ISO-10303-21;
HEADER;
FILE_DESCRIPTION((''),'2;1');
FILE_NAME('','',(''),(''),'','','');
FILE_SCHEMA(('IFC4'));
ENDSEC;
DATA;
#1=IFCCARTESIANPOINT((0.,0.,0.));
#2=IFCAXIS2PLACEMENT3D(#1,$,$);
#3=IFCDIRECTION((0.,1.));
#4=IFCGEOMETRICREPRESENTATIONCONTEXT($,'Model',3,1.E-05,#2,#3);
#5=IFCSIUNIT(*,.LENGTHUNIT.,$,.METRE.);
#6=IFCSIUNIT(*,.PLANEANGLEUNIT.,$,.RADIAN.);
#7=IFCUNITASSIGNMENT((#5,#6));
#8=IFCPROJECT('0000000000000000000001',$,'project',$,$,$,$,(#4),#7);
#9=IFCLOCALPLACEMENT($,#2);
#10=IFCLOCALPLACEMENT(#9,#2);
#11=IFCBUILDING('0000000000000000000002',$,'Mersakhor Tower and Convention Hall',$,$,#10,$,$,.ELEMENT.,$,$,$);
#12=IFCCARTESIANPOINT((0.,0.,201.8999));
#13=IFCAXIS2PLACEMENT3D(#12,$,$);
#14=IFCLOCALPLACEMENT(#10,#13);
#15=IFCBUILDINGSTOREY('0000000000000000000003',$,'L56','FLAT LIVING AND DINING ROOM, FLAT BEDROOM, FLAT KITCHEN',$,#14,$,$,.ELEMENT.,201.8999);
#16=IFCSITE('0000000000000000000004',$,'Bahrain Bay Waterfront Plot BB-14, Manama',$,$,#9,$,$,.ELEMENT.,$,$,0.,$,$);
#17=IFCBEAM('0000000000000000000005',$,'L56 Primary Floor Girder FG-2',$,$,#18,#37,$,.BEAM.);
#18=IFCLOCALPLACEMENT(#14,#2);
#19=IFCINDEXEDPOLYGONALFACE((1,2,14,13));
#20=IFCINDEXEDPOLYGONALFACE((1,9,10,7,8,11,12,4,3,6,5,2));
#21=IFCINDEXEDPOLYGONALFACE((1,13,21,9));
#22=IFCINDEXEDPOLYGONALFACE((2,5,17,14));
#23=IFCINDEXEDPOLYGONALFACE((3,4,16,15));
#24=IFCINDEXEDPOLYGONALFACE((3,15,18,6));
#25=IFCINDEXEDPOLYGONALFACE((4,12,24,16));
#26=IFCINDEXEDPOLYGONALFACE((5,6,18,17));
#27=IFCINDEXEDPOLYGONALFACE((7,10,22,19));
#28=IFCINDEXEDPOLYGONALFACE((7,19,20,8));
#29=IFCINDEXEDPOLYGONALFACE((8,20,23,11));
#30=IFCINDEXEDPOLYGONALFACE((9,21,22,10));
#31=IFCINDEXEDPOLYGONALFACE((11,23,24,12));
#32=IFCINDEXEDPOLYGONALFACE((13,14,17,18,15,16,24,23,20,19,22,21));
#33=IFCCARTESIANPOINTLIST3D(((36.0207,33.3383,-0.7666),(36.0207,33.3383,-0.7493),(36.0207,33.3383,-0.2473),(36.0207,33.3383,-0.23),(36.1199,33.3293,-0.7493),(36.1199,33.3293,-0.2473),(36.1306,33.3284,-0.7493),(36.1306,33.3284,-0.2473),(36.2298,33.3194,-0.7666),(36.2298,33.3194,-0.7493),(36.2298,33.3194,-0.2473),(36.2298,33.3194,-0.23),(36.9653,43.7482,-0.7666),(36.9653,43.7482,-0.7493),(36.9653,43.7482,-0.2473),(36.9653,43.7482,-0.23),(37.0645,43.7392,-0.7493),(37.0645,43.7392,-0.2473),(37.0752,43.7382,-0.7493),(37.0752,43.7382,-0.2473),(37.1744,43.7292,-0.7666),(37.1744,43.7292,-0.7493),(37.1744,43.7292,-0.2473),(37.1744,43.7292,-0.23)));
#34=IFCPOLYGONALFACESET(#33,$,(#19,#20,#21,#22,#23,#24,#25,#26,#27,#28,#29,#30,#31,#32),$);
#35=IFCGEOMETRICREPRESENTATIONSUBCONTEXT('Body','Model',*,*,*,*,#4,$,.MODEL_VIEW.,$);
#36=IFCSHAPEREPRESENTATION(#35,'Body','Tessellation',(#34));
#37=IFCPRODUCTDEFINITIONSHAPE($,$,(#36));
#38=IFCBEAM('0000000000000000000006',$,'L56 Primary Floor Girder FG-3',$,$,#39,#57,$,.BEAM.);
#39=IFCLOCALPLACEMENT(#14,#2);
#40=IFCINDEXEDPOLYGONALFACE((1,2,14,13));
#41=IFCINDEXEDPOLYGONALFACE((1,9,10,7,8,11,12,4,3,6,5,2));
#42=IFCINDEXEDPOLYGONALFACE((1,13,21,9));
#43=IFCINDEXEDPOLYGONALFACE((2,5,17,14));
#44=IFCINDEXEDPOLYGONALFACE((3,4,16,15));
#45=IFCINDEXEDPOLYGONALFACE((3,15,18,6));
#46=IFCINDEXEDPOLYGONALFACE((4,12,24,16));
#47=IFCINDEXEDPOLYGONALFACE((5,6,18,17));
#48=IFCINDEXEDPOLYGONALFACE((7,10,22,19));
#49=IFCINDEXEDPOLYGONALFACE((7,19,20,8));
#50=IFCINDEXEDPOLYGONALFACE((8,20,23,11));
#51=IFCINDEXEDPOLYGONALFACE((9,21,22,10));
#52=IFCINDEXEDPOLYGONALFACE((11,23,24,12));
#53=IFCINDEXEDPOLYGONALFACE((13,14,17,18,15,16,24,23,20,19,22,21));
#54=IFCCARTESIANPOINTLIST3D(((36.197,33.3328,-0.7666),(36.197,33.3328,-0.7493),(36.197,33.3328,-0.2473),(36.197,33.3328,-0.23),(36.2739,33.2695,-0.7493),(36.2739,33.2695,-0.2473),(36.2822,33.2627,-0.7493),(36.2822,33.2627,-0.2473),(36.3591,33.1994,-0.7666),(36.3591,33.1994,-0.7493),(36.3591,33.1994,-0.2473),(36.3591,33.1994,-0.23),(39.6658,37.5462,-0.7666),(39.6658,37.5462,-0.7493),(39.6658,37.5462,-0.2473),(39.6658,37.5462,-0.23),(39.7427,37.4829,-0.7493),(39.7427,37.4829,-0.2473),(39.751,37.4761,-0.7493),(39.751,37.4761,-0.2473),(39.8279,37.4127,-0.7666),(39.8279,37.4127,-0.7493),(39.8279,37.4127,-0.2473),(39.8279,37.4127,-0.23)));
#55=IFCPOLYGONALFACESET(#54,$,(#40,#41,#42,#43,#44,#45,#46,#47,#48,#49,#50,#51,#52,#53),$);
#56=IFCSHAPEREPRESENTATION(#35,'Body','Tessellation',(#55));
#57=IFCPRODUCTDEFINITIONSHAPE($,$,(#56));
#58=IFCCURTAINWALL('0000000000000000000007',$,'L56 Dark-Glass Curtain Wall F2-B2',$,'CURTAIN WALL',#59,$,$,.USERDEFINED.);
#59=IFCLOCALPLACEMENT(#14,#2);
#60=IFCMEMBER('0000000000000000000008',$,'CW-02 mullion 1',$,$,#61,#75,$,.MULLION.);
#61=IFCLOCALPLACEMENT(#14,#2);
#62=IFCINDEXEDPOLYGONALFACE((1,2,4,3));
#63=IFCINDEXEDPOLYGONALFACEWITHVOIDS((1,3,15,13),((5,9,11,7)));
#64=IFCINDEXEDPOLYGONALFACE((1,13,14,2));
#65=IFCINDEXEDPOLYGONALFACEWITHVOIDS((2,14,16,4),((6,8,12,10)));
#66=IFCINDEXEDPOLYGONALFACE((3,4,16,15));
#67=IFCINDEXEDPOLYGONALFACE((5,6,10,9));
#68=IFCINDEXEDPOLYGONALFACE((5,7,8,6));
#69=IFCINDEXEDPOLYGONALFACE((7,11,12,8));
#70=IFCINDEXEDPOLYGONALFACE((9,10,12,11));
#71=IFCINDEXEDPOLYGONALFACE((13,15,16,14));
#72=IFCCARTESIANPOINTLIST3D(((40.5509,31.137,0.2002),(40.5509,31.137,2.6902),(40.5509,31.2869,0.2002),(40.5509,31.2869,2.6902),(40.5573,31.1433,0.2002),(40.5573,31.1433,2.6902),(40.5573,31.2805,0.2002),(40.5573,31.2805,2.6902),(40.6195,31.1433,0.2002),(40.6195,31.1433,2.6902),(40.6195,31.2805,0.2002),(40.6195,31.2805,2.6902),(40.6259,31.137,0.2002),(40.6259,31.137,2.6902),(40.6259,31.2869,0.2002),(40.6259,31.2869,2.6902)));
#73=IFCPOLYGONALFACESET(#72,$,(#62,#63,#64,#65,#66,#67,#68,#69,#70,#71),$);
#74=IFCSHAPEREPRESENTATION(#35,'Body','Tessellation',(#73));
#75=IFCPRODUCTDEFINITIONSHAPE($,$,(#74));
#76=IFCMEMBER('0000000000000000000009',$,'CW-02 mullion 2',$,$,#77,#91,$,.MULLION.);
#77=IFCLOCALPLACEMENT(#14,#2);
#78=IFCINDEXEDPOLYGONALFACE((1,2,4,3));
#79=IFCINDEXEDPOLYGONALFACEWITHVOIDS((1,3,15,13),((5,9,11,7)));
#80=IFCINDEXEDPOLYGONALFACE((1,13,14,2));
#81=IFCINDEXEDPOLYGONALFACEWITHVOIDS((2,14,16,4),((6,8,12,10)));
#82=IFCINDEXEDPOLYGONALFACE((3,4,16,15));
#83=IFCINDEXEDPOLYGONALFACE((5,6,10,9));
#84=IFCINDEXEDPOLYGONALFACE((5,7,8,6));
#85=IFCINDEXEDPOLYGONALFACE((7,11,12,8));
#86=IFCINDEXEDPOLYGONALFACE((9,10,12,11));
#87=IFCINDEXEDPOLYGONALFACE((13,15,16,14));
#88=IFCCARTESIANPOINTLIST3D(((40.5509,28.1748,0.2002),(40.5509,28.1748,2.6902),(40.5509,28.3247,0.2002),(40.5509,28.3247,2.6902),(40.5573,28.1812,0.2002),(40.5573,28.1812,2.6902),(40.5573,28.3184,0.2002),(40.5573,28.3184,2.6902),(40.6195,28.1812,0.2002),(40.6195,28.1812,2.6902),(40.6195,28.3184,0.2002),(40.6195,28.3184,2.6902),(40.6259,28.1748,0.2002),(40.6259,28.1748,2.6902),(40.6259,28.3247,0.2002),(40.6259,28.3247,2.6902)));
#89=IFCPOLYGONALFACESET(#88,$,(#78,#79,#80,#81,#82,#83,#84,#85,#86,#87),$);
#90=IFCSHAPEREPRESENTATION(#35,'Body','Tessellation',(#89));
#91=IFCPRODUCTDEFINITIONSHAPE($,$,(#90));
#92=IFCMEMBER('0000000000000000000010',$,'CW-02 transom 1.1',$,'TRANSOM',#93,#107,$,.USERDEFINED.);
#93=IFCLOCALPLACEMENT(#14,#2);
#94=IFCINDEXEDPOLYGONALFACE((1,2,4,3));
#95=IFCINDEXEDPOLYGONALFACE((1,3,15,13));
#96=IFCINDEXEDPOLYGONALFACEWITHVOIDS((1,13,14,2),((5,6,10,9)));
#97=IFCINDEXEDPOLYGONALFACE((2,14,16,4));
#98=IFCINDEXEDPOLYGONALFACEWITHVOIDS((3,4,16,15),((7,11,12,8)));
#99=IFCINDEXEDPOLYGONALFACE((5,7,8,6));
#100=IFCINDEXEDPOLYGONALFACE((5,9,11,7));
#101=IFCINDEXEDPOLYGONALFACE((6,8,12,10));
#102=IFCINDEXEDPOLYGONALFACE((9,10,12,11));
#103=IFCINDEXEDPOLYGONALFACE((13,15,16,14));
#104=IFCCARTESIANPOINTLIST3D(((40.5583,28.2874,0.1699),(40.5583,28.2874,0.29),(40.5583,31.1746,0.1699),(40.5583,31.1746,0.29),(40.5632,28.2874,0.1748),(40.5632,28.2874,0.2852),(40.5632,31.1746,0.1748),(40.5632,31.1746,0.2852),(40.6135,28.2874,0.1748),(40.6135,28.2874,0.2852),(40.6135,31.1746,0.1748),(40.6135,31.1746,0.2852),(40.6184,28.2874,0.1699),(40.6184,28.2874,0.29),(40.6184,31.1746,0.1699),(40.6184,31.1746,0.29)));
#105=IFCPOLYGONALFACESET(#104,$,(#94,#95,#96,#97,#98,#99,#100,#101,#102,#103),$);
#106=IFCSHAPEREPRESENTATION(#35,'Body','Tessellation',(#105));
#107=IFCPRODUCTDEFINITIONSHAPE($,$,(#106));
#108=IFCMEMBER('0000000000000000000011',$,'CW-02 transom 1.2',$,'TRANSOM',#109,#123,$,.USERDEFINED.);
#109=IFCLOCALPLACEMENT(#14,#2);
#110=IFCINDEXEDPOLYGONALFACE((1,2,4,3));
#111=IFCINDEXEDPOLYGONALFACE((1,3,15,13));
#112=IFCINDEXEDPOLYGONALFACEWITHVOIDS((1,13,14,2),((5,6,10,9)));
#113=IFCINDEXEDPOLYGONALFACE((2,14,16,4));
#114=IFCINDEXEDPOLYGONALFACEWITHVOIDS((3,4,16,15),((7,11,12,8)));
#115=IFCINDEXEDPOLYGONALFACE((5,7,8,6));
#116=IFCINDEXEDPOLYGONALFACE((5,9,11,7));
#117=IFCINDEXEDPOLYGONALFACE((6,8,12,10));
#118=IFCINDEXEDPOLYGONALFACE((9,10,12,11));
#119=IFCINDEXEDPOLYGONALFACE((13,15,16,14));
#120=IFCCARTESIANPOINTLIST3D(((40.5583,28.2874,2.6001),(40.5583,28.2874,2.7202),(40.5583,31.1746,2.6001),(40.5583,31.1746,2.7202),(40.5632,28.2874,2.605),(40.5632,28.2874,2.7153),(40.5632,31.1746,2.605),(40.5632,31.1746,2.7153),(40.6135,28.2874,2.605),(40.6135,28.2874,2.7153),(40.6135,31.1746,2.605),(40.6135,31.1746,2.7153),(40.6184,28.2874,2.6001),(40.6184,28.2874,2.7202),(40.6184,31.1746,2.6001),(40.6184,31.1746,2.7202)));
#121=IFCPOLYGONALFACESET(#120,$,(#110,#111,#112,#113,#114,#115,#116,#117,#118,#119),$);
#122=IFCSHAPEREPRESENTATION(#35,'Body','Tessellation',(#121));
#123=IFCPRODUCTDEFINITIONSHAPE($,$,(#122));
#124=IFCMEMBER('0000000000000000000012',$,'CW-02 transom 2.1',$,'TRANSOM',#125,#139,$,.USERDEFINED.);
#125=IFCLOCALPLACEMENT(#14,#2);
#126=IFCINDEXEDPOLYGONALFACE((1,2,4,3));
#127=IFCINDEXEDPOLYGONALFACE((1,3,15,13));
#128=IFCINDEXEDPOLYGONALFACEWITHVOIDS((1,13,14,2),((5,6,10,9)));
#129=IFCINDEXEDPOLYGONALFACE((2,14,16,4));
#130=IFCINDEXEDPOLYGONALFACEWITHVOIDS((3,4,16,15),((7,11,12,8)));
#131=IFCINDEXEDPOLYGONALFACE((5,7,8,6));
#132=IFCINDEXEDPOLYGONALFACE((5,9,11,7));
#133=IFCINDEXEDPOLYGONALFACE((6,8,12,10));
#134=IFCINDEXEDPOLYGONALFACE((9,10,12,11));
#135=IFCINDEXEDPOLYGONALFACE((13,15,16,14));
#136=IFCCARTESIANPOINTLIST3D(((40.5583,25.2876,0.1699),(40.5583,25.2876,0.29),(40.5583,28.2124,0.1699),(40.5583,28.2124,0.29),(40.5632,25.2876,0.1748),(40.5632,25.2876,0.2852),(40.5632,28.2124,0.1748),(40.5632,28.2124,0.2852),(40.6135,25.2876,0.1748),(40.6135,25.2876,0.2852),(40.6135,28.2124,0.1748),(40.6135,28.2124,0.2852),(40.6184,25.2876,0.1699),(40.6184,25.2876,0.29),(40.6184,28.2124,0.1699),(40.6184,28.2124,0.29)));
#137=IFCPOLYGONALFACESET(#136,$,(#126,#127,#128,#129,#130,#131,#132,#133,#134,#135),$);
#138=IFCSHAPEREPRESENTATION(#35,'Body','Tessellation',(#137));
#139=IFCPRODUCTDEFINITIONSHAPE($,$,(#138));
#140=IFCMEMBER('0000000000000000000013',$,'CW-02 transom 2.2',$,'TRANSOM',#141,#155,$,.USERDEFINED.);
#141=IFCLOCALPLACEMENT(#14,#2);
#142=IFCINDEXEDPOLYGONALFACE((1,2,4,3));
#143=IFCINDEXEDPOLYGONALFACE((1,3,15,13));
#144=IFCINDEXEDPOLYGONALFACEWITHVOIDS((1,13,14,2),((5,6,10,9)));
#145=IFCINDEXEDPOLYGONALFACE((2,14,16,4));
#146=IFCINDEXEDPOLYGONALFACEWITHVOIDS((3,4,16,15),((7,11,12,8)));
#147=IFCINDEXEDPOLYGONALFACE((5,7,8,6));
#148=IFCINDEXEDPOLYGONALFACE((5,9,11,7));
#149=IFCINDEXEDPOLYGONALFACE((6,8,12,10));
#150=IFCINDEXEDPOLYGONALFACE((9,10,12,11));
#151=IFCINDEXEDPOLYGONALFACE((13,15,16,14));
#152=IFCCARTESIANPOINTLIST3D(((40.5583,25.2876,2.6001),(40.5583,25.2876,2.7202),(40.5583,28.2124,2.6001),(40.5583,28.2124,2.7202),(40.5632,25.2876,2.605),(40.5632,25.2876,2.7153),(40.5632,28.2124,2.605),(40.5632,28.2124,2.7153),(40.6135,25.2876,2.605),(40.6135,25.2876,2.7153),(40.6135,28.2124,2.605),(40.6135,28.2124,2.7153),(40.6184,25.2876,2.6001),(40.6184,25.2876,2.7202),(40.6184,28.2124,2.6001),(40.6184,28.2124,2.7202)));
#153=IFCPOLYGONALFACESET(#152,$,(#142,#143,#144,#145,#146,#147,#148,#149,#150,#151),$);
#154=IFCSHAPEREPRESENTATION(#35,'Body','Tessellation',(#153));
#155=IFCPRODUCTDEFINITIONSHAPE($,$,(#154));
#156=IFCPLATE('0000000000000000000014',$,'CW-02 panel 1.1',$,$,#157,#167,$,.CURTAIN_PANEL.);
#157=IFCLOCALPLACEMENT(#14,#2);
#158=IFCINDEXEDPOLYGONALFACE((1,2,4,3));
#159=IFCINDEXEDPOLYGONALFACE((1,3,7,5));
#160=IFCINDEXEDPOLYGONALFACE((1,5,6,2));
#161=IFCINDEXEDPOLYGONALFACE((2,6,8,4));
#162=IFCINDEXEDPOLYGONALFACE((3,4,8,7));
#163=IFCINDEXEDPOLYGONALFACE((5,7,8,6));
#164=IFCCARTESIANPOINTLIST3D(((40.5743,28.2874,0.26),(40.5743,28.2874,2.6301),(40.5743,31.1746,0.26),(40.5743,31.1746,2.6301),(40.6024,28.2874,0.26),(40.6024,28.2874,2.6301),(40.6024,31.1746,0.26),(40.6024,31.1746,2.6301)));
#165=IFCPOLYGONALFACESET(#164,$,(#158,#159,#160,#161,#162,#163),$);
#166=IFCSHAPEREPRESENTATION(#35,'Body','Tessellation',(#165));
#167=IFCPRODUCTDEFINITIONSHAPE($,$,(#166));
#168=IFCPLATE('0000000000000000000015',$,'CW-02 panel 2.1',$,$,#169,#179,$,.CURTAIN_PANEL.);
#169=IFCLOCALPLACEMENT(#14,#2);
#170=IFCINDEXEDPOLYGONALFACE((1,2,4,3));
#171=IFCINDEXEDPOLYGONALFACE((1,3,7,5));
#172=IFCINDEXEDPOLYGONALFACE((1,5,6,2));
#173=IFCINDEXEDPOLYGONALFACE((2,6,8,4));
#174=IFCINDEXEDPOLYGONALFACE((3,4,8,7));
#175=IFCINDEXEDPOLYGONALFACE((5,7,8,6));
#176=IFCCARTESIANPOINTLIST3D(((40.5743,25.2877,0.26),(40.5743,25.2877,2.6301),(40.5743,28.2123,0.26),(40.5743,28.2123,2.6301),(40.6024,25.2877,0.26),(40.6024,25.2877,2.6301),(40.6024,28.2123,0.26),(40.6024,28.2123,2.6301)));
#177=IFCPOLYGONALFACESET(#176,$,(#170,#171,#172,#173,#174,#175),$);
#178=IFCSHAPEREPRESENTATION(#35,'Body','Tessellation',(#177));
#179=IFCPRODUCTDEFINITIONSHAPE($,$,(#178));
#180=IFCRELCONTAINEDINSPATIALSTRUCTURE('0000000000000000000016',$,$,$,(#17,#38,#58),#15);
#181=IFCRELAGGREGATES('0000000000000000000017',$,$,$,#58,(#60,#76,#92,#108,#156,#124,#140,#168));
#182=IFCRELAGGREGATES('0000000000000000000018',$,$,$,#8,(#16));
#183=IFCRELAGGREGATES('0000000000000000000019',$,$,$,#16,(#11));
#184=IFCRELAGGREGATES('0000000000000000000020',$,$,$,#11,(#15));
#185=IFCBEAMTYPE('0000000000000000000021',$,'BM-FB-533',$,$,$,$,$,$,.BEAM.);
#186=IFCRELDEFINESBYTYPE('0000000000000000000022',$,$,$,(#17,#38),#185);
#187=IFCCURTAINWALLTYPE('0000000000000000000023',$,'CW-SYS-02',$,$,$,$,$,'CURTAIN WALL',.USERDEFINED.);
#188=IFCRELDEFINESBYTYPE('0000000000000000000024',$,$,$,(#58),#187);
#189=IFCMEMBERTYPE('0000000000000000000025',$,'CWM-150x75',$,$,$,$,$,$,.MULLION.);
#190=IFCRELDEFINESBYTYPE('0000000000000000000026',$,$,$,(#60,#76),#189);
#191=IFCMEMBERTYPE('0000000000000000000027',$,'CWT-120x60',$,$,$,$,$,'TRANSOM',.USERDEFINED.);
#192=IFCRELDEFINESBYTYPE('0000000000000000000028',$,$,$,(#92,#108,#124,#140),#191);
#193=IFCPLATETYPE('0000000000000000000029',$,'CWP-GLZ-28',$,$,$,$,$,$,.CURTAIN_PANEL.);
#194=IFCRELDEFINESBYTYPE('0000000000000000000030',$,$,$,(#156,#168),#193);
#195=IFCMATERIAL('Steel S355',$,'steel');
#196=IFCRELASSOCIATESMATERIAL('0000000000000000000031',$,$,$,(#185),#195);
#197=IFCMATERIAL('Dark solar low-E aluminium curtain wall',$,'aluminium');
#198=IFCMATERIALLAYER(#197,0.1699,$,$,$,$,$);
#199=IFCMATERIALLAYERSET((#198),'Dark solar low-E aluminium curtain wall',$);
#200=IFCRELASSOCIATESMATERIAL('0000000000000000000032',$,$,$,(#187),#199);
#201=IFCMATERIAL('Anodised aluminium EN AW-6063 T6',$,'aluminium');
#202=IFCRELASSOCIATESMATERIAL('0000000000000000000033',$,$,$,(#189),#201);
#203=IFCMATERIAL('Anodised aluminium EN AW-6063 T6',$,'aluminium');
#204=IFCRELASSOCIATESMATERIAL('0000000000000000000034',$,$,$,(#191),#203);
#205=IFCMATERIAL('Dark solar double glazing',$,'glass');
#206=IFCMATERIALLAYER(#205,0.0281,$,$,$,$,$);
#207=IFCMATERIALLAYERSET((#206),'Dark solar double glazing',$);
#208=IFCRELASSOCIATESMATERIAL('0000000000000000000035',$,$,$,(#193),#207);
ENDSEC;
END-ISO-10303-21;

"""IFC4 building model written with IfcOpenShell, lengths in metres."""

from ifc_helpers import new_model, si_unit, direction, frame, origin, origin_2d, place, context, subcontext, project, spatial, rectangle, hollow_rectangle, i_section, extrude, material, layer, layer_set, material_profile, profile_set, type_object, element, aggregate, save


model = new_model("IFC4")

# Units and contexts
model_context = context("Model", 3, precision=1e-05, world=origin(), true_north=direction((0.0, 1.0)))
body_context = subcontext(model_context, "Body", "Model", "MODEL_VIEW")
ifc_project = project(units=[si_unit("LENGTHUNIT", "METRE"), si_unit("PLANEANGLEUNIT", "RADIAN")], contexts=[model_context])

# Site, building, storey
site_placement = place(None, origin())
site = spatial("IfcSite", under=ifc_project, at=site_placement, Name="Bahrain Bay Waterfront Plot BB-14, Manama", CompositionType="ELEMENT", RefElevation=0.0)
building_placement = place(site_placement, origin())
building = spatial("IfcBuilding", under=site, at=building_placement, Name="Mersakhor Tower and Convention Hall", CompositionType="ELEMENT")
storey_placement = place(building_placement, frame((0.0, 0.0, 201.8999)))
storey = spatial("IfcBuildingStorey", under=building, at=storey_placement, Name="L56", Description="FLAT LIVING AND DINING ROOM, FLAT BEDROOM, FLAT KITCHEN", CompositionType="ELEMENT", Elevation=201.8999)

# Beams
ifc_material_1 = material(Name="Steel S355", Category="steel")
ifc_material_profile_1 = material_profile(ifc_material_1, i_section(OverallWidth=0.21, OverallDepth=0.5366, WebThickness=0.0107, FlangeThickness=0.0173, at=origin_2d()), Name="UB 533x210x101")
ifc_profile_set_1 = profile_set([ifc_material_profile_1], Name="Steel S355")
beam_type = type_object("IfcBeamType", Name="BM-FB-533", PredefinedType="BEAM", material=ifc_profile_set_1)
beam_1_placement = place(storey_placement, frame((36.1252, 33.3289, -0.4983), z_axis=(0.090367, 0.995909, 0.0), x_axis=(-0.995909, 0.090367, 0.0)))
element("IfcBeam", 1, at=beam_1_placement, inside=storey, type_object=beam_type, Name="L56 Primary Floor Girder FG-2", PredefinedType="BEAM", context=body_context, shape_type="SweptSolid", body=[
    extrude(i_section(OverallWidth=0.21, OverallDepth=0.5366, WebThickness=0.0107, FlangeThickness=0.0173, at=origin_2d()), origin(), (0.0, 0.0, 1.0), 10.4526),
])
beam_2_placement = place(storey_placement, frame((36.2781, 33.2661, -0.4983), z_axis=(0.635588, 0.772028, 0.0), x_axis=(-0.772028, 0.635588, 0.0)))
element("IfcBeam", 2, at=beam_2_placement, inside=storey, type_object=beam_type, Name="L56 Primary Floor Girder FG-3", PredefinedType="BEAM", context=body_context, shape_type="SweptSolid", body=[
    extrude(i_section(OverallWidth=0.21, OverallDepth=0.5366, WebThickness=0.0107, FlangeThickness=0.0173, at=origin_2d()), origin(), (0.0, 0.0, 1.0), 5.4575),
])

# Curtain wall, members, plates
ifc_material_2 = material(Name="Dark solar low-E aluminium curtain wall", Category="aluminium")
ifc_layer_1 = layer(ifc_material_2, 0.1699)
ifc_layer_set_1 = layer_set([ifc_layer_1], Name="Dark solar low-E aluminium curtain wall")
curtain_wall_type = type_object("IfcCurtainWallType", Name="CW-SYS-02", ElementType="CURTAIN WALL", PredefinedType="USERDEFINED", material=ifc_layer_set_1)
curtain_wall_placement = place(storey_placement, origin())
curtain_wall = element("IfcCurtainWall", 3, at=curtain_wall_placement, inside=storey, type_object=curtain_wall_type, Name="L56 Dark-Glass Curtain Wall F2-B2", ObjectType="CURTAIN WALL", PredefinedType="USERDEFINED")
ifc_material_3 = material(Name="Anodised aluminium EN AW-6063 T6", Category="aluminium")
ifc_material_profile_2 = material_profile(ifc_material_3, hollow_rectangle(XDim=0.075, YDim=0.1499, WallThickness=0.0063, at=origin_2d()), Name="RHS 150x75x6.3")
ifc_profile_set_2 = profile_set([ifc_material_profile_2], Name="Anodised aluminium EN AW-6063 T6")
member_type_1 = type_object("IfcMemberType", Name="CWM-150x75", PredefinedType="MULLION", material=ifc_profile_set_2)
member_1_placement = place(storey_placement, frame((40.5884, 31.2119, 0.2002), z_axis=(0.0, 0.0, 1.0), x_axis=(1.0, 0.0, 0.0)))
member_1 = element("IfcMember", 4, at=member_1_placement, type_object=member_type_1, Name="CW-02 mullion 1", PredefinedType="MULLION", context=body_context, shape_type="SweptSolid", body=[
    extrude(hollow_rectangle(XDim=0.075, YDim=0.1499, WallThickness=0.0063, at=origin_2d()), origin(), (0.0, 0.0, 1.0), 2.49),
])
member_2_placement = place(storey_placement, frame((40.5884, 28.2498, 0.2002), z_axis=(0.0, 0.0, 1.0), x_axis=(1.0, 0.0, 0.0)))
member_2 = element("IfcMember", 5, at=member_2_placement, type_object=member_type_1, Name="CW-02 mullion 2", PredefinedType="MULLION", context=body_context, shape_type="SweptSolid", body=[
    extrude(hollow_rectangle(XDim=0.075, YDim=0.1499, WallThickness=0.0063, at=origin_2d()), origin(), (0.0, 0.0, 1.0), 2.49),
])
ifc_material_4 = material(Name="Anodised aluminium EN AW-6063 T6", Category="aluminium")
ifc_material_profile_3 = material_profile(ifc_material_4, hollow_rectangle(XDim=0.0601, YDim=0.1201, WallThickness=0.0049, at=origin_2d()), Name="RHS 120x60x5")
ifc_profile_set_3 = profile_set([ifc_material_profile_3], Name="Anodised aluminium EN AW-6063 T6")
member_type_2 = type_object("IfcMemberType", Name="CWT-120x60", ElementType="TRANSOM", PredefinedType="USERDEFINED", material=ifc_profile_set_3)
member_3_placement = place(storey_placement, frame((40.5884, 31.1746, 0.23), z_axis=(0.0, -1.0, 0.0), x_axis=(1.0, 0.0, 0.0)))
member_3 = element("IfcMember", 6, at=member_3_placement, type_object=member_type_2, Name="CW-02 transom 1.1", ObjectType="TRANSOM", PredefinedType="USERDEFINED", context=body_context, shape_type="SweptSolid", body=[
    extrude(hollow_rectangle(XDim=0.0601, YDim=0.1201, WallThickness=0.0049, at=origin_2d()), origin(), (0.0, 0.0, 1.0), 2.8872),
])
member_4_placement = place(storey_placement, frame((40.5884, 31.1746, 2.6602), z_axis=(0.0, -1.0, 0.0), x_axis=(1.0, 0.0, 0.0)))
member_4 = element("IfcMember", 7, at=member_4_placement, type_object=member_type_2, Name="CW-02 transom 1.2", ObjectType="TRANSOM", PredefinedType="USERDEFINED", context=body_context, shape_type="SweptSolid", body=[
    extrude(hollow_rectangle(XDim=0.0601, YDim=0.1201, WallThickness=0.0049, at=origin_2d()), origin(), (0.0, 0.0, 1.0), 2.8872),
])
member_5_placement = place(storey_placement, frame((40.5884, 28.2124, 0.23), z_axis=(0.0, -1.0, 0.0), x_axis=(1.0, 0.0, 0.0)))
member_5 = element("IfcMember", 8, at=member_5_placement, type_object=member_type_2, Name="CW-02 transom 2.1", ObjectType="TRANSOM", PredefinedType="USERDEFINED", context=body_context, shape_type="SweptSolid", body=[
    extrude(hollow_rectangle(XDim=0.0601, YDim=0.1201, WallThickness=0.0049, at=origin_2d()), origin(), (0.0, 0.0, 1.0), 2.9248),
])
member_6_placement = place(storey_placement, frame((40.5884, 28.2124, 2.6602), z_axis=(0.0, -1.0, 0.0), x_axis=(1.0, 0.0, 0.0)))
member_6 = element("IfcMember", 9, at=member_6_placement, type_object=member_type_2, Name="CW-02 transom 2.2", ObjectType="TRANSOM", PredefinedType="USERDEFINED", context=body_context, shape_type="SweptSolid", body=[
    extrude(hollow_rectangle(XDim=0.0601, YDim=0.1201, WallThickness=0.0049, at=origin_2d()), origin(), (0.0, 0.0, 1.0), 2.9248),
])
ifc_material_5 = material(Name="Dark solar double glazing", Category="glass")
ifc_layer_2 = layer(ifc_material_5, 0.0281)
ifc_layer_set_2 = layer_set([ifc_layer_2], Name="Dark solar double glazing")
plate_type_1 = type_object("IfcPlateType", Name="CWP-GLZ-28", PredefinedType="CURTAIN_PANEL", material=ifc_layer_set_2)
plate_1_placement = place(storey_placement, frame((40.5884, 29.731, 0.26), z_axis=(0.0, 0.0, 1.0), x_axis=(0.0, -1.0, 0.0)))
plate_1 = element("IfcPlate", 10, at=plate_1_placement, type_object=plate_type_1, Name="CW-02 panel 1.1", PredefinedType="CURTAIN_PANEL", context=body_context, shape_type="SweptSolid", body=[
    extrude(rectangle(XDim=2.8872, YDim=0.0281, at=origin_2d()), origin(), (0.0, 0.0, 1.0), 2.3701),
])
plate_2_placement = place(storey_placement, frame((40.5884, 26.75, 0.26), z_axis=(0.0, 0.0, 1.0), x_axis=(0.0, -1.0, 0.0)))
plate_2 = element("IfcPlate", 11, at=plate_2_placement, type_object=plate_type_1, Name="CW-02 panel 2.1", PredefinedType="CURTAIN_PANEL", context=body_context, shape_type="SweptSolid", body=[
    extrude(rectangle(XDim=2.9246, YDim=0.0281, at=origin_2d()), origin(), (0.0, 0.0, 1.0), 2.3701),
])
aggregate(curtain_wall, [member_1, member_2, member_3, member_4, plate_1, member_5, member_6, plate_2])

save(model, "model.ifc")
